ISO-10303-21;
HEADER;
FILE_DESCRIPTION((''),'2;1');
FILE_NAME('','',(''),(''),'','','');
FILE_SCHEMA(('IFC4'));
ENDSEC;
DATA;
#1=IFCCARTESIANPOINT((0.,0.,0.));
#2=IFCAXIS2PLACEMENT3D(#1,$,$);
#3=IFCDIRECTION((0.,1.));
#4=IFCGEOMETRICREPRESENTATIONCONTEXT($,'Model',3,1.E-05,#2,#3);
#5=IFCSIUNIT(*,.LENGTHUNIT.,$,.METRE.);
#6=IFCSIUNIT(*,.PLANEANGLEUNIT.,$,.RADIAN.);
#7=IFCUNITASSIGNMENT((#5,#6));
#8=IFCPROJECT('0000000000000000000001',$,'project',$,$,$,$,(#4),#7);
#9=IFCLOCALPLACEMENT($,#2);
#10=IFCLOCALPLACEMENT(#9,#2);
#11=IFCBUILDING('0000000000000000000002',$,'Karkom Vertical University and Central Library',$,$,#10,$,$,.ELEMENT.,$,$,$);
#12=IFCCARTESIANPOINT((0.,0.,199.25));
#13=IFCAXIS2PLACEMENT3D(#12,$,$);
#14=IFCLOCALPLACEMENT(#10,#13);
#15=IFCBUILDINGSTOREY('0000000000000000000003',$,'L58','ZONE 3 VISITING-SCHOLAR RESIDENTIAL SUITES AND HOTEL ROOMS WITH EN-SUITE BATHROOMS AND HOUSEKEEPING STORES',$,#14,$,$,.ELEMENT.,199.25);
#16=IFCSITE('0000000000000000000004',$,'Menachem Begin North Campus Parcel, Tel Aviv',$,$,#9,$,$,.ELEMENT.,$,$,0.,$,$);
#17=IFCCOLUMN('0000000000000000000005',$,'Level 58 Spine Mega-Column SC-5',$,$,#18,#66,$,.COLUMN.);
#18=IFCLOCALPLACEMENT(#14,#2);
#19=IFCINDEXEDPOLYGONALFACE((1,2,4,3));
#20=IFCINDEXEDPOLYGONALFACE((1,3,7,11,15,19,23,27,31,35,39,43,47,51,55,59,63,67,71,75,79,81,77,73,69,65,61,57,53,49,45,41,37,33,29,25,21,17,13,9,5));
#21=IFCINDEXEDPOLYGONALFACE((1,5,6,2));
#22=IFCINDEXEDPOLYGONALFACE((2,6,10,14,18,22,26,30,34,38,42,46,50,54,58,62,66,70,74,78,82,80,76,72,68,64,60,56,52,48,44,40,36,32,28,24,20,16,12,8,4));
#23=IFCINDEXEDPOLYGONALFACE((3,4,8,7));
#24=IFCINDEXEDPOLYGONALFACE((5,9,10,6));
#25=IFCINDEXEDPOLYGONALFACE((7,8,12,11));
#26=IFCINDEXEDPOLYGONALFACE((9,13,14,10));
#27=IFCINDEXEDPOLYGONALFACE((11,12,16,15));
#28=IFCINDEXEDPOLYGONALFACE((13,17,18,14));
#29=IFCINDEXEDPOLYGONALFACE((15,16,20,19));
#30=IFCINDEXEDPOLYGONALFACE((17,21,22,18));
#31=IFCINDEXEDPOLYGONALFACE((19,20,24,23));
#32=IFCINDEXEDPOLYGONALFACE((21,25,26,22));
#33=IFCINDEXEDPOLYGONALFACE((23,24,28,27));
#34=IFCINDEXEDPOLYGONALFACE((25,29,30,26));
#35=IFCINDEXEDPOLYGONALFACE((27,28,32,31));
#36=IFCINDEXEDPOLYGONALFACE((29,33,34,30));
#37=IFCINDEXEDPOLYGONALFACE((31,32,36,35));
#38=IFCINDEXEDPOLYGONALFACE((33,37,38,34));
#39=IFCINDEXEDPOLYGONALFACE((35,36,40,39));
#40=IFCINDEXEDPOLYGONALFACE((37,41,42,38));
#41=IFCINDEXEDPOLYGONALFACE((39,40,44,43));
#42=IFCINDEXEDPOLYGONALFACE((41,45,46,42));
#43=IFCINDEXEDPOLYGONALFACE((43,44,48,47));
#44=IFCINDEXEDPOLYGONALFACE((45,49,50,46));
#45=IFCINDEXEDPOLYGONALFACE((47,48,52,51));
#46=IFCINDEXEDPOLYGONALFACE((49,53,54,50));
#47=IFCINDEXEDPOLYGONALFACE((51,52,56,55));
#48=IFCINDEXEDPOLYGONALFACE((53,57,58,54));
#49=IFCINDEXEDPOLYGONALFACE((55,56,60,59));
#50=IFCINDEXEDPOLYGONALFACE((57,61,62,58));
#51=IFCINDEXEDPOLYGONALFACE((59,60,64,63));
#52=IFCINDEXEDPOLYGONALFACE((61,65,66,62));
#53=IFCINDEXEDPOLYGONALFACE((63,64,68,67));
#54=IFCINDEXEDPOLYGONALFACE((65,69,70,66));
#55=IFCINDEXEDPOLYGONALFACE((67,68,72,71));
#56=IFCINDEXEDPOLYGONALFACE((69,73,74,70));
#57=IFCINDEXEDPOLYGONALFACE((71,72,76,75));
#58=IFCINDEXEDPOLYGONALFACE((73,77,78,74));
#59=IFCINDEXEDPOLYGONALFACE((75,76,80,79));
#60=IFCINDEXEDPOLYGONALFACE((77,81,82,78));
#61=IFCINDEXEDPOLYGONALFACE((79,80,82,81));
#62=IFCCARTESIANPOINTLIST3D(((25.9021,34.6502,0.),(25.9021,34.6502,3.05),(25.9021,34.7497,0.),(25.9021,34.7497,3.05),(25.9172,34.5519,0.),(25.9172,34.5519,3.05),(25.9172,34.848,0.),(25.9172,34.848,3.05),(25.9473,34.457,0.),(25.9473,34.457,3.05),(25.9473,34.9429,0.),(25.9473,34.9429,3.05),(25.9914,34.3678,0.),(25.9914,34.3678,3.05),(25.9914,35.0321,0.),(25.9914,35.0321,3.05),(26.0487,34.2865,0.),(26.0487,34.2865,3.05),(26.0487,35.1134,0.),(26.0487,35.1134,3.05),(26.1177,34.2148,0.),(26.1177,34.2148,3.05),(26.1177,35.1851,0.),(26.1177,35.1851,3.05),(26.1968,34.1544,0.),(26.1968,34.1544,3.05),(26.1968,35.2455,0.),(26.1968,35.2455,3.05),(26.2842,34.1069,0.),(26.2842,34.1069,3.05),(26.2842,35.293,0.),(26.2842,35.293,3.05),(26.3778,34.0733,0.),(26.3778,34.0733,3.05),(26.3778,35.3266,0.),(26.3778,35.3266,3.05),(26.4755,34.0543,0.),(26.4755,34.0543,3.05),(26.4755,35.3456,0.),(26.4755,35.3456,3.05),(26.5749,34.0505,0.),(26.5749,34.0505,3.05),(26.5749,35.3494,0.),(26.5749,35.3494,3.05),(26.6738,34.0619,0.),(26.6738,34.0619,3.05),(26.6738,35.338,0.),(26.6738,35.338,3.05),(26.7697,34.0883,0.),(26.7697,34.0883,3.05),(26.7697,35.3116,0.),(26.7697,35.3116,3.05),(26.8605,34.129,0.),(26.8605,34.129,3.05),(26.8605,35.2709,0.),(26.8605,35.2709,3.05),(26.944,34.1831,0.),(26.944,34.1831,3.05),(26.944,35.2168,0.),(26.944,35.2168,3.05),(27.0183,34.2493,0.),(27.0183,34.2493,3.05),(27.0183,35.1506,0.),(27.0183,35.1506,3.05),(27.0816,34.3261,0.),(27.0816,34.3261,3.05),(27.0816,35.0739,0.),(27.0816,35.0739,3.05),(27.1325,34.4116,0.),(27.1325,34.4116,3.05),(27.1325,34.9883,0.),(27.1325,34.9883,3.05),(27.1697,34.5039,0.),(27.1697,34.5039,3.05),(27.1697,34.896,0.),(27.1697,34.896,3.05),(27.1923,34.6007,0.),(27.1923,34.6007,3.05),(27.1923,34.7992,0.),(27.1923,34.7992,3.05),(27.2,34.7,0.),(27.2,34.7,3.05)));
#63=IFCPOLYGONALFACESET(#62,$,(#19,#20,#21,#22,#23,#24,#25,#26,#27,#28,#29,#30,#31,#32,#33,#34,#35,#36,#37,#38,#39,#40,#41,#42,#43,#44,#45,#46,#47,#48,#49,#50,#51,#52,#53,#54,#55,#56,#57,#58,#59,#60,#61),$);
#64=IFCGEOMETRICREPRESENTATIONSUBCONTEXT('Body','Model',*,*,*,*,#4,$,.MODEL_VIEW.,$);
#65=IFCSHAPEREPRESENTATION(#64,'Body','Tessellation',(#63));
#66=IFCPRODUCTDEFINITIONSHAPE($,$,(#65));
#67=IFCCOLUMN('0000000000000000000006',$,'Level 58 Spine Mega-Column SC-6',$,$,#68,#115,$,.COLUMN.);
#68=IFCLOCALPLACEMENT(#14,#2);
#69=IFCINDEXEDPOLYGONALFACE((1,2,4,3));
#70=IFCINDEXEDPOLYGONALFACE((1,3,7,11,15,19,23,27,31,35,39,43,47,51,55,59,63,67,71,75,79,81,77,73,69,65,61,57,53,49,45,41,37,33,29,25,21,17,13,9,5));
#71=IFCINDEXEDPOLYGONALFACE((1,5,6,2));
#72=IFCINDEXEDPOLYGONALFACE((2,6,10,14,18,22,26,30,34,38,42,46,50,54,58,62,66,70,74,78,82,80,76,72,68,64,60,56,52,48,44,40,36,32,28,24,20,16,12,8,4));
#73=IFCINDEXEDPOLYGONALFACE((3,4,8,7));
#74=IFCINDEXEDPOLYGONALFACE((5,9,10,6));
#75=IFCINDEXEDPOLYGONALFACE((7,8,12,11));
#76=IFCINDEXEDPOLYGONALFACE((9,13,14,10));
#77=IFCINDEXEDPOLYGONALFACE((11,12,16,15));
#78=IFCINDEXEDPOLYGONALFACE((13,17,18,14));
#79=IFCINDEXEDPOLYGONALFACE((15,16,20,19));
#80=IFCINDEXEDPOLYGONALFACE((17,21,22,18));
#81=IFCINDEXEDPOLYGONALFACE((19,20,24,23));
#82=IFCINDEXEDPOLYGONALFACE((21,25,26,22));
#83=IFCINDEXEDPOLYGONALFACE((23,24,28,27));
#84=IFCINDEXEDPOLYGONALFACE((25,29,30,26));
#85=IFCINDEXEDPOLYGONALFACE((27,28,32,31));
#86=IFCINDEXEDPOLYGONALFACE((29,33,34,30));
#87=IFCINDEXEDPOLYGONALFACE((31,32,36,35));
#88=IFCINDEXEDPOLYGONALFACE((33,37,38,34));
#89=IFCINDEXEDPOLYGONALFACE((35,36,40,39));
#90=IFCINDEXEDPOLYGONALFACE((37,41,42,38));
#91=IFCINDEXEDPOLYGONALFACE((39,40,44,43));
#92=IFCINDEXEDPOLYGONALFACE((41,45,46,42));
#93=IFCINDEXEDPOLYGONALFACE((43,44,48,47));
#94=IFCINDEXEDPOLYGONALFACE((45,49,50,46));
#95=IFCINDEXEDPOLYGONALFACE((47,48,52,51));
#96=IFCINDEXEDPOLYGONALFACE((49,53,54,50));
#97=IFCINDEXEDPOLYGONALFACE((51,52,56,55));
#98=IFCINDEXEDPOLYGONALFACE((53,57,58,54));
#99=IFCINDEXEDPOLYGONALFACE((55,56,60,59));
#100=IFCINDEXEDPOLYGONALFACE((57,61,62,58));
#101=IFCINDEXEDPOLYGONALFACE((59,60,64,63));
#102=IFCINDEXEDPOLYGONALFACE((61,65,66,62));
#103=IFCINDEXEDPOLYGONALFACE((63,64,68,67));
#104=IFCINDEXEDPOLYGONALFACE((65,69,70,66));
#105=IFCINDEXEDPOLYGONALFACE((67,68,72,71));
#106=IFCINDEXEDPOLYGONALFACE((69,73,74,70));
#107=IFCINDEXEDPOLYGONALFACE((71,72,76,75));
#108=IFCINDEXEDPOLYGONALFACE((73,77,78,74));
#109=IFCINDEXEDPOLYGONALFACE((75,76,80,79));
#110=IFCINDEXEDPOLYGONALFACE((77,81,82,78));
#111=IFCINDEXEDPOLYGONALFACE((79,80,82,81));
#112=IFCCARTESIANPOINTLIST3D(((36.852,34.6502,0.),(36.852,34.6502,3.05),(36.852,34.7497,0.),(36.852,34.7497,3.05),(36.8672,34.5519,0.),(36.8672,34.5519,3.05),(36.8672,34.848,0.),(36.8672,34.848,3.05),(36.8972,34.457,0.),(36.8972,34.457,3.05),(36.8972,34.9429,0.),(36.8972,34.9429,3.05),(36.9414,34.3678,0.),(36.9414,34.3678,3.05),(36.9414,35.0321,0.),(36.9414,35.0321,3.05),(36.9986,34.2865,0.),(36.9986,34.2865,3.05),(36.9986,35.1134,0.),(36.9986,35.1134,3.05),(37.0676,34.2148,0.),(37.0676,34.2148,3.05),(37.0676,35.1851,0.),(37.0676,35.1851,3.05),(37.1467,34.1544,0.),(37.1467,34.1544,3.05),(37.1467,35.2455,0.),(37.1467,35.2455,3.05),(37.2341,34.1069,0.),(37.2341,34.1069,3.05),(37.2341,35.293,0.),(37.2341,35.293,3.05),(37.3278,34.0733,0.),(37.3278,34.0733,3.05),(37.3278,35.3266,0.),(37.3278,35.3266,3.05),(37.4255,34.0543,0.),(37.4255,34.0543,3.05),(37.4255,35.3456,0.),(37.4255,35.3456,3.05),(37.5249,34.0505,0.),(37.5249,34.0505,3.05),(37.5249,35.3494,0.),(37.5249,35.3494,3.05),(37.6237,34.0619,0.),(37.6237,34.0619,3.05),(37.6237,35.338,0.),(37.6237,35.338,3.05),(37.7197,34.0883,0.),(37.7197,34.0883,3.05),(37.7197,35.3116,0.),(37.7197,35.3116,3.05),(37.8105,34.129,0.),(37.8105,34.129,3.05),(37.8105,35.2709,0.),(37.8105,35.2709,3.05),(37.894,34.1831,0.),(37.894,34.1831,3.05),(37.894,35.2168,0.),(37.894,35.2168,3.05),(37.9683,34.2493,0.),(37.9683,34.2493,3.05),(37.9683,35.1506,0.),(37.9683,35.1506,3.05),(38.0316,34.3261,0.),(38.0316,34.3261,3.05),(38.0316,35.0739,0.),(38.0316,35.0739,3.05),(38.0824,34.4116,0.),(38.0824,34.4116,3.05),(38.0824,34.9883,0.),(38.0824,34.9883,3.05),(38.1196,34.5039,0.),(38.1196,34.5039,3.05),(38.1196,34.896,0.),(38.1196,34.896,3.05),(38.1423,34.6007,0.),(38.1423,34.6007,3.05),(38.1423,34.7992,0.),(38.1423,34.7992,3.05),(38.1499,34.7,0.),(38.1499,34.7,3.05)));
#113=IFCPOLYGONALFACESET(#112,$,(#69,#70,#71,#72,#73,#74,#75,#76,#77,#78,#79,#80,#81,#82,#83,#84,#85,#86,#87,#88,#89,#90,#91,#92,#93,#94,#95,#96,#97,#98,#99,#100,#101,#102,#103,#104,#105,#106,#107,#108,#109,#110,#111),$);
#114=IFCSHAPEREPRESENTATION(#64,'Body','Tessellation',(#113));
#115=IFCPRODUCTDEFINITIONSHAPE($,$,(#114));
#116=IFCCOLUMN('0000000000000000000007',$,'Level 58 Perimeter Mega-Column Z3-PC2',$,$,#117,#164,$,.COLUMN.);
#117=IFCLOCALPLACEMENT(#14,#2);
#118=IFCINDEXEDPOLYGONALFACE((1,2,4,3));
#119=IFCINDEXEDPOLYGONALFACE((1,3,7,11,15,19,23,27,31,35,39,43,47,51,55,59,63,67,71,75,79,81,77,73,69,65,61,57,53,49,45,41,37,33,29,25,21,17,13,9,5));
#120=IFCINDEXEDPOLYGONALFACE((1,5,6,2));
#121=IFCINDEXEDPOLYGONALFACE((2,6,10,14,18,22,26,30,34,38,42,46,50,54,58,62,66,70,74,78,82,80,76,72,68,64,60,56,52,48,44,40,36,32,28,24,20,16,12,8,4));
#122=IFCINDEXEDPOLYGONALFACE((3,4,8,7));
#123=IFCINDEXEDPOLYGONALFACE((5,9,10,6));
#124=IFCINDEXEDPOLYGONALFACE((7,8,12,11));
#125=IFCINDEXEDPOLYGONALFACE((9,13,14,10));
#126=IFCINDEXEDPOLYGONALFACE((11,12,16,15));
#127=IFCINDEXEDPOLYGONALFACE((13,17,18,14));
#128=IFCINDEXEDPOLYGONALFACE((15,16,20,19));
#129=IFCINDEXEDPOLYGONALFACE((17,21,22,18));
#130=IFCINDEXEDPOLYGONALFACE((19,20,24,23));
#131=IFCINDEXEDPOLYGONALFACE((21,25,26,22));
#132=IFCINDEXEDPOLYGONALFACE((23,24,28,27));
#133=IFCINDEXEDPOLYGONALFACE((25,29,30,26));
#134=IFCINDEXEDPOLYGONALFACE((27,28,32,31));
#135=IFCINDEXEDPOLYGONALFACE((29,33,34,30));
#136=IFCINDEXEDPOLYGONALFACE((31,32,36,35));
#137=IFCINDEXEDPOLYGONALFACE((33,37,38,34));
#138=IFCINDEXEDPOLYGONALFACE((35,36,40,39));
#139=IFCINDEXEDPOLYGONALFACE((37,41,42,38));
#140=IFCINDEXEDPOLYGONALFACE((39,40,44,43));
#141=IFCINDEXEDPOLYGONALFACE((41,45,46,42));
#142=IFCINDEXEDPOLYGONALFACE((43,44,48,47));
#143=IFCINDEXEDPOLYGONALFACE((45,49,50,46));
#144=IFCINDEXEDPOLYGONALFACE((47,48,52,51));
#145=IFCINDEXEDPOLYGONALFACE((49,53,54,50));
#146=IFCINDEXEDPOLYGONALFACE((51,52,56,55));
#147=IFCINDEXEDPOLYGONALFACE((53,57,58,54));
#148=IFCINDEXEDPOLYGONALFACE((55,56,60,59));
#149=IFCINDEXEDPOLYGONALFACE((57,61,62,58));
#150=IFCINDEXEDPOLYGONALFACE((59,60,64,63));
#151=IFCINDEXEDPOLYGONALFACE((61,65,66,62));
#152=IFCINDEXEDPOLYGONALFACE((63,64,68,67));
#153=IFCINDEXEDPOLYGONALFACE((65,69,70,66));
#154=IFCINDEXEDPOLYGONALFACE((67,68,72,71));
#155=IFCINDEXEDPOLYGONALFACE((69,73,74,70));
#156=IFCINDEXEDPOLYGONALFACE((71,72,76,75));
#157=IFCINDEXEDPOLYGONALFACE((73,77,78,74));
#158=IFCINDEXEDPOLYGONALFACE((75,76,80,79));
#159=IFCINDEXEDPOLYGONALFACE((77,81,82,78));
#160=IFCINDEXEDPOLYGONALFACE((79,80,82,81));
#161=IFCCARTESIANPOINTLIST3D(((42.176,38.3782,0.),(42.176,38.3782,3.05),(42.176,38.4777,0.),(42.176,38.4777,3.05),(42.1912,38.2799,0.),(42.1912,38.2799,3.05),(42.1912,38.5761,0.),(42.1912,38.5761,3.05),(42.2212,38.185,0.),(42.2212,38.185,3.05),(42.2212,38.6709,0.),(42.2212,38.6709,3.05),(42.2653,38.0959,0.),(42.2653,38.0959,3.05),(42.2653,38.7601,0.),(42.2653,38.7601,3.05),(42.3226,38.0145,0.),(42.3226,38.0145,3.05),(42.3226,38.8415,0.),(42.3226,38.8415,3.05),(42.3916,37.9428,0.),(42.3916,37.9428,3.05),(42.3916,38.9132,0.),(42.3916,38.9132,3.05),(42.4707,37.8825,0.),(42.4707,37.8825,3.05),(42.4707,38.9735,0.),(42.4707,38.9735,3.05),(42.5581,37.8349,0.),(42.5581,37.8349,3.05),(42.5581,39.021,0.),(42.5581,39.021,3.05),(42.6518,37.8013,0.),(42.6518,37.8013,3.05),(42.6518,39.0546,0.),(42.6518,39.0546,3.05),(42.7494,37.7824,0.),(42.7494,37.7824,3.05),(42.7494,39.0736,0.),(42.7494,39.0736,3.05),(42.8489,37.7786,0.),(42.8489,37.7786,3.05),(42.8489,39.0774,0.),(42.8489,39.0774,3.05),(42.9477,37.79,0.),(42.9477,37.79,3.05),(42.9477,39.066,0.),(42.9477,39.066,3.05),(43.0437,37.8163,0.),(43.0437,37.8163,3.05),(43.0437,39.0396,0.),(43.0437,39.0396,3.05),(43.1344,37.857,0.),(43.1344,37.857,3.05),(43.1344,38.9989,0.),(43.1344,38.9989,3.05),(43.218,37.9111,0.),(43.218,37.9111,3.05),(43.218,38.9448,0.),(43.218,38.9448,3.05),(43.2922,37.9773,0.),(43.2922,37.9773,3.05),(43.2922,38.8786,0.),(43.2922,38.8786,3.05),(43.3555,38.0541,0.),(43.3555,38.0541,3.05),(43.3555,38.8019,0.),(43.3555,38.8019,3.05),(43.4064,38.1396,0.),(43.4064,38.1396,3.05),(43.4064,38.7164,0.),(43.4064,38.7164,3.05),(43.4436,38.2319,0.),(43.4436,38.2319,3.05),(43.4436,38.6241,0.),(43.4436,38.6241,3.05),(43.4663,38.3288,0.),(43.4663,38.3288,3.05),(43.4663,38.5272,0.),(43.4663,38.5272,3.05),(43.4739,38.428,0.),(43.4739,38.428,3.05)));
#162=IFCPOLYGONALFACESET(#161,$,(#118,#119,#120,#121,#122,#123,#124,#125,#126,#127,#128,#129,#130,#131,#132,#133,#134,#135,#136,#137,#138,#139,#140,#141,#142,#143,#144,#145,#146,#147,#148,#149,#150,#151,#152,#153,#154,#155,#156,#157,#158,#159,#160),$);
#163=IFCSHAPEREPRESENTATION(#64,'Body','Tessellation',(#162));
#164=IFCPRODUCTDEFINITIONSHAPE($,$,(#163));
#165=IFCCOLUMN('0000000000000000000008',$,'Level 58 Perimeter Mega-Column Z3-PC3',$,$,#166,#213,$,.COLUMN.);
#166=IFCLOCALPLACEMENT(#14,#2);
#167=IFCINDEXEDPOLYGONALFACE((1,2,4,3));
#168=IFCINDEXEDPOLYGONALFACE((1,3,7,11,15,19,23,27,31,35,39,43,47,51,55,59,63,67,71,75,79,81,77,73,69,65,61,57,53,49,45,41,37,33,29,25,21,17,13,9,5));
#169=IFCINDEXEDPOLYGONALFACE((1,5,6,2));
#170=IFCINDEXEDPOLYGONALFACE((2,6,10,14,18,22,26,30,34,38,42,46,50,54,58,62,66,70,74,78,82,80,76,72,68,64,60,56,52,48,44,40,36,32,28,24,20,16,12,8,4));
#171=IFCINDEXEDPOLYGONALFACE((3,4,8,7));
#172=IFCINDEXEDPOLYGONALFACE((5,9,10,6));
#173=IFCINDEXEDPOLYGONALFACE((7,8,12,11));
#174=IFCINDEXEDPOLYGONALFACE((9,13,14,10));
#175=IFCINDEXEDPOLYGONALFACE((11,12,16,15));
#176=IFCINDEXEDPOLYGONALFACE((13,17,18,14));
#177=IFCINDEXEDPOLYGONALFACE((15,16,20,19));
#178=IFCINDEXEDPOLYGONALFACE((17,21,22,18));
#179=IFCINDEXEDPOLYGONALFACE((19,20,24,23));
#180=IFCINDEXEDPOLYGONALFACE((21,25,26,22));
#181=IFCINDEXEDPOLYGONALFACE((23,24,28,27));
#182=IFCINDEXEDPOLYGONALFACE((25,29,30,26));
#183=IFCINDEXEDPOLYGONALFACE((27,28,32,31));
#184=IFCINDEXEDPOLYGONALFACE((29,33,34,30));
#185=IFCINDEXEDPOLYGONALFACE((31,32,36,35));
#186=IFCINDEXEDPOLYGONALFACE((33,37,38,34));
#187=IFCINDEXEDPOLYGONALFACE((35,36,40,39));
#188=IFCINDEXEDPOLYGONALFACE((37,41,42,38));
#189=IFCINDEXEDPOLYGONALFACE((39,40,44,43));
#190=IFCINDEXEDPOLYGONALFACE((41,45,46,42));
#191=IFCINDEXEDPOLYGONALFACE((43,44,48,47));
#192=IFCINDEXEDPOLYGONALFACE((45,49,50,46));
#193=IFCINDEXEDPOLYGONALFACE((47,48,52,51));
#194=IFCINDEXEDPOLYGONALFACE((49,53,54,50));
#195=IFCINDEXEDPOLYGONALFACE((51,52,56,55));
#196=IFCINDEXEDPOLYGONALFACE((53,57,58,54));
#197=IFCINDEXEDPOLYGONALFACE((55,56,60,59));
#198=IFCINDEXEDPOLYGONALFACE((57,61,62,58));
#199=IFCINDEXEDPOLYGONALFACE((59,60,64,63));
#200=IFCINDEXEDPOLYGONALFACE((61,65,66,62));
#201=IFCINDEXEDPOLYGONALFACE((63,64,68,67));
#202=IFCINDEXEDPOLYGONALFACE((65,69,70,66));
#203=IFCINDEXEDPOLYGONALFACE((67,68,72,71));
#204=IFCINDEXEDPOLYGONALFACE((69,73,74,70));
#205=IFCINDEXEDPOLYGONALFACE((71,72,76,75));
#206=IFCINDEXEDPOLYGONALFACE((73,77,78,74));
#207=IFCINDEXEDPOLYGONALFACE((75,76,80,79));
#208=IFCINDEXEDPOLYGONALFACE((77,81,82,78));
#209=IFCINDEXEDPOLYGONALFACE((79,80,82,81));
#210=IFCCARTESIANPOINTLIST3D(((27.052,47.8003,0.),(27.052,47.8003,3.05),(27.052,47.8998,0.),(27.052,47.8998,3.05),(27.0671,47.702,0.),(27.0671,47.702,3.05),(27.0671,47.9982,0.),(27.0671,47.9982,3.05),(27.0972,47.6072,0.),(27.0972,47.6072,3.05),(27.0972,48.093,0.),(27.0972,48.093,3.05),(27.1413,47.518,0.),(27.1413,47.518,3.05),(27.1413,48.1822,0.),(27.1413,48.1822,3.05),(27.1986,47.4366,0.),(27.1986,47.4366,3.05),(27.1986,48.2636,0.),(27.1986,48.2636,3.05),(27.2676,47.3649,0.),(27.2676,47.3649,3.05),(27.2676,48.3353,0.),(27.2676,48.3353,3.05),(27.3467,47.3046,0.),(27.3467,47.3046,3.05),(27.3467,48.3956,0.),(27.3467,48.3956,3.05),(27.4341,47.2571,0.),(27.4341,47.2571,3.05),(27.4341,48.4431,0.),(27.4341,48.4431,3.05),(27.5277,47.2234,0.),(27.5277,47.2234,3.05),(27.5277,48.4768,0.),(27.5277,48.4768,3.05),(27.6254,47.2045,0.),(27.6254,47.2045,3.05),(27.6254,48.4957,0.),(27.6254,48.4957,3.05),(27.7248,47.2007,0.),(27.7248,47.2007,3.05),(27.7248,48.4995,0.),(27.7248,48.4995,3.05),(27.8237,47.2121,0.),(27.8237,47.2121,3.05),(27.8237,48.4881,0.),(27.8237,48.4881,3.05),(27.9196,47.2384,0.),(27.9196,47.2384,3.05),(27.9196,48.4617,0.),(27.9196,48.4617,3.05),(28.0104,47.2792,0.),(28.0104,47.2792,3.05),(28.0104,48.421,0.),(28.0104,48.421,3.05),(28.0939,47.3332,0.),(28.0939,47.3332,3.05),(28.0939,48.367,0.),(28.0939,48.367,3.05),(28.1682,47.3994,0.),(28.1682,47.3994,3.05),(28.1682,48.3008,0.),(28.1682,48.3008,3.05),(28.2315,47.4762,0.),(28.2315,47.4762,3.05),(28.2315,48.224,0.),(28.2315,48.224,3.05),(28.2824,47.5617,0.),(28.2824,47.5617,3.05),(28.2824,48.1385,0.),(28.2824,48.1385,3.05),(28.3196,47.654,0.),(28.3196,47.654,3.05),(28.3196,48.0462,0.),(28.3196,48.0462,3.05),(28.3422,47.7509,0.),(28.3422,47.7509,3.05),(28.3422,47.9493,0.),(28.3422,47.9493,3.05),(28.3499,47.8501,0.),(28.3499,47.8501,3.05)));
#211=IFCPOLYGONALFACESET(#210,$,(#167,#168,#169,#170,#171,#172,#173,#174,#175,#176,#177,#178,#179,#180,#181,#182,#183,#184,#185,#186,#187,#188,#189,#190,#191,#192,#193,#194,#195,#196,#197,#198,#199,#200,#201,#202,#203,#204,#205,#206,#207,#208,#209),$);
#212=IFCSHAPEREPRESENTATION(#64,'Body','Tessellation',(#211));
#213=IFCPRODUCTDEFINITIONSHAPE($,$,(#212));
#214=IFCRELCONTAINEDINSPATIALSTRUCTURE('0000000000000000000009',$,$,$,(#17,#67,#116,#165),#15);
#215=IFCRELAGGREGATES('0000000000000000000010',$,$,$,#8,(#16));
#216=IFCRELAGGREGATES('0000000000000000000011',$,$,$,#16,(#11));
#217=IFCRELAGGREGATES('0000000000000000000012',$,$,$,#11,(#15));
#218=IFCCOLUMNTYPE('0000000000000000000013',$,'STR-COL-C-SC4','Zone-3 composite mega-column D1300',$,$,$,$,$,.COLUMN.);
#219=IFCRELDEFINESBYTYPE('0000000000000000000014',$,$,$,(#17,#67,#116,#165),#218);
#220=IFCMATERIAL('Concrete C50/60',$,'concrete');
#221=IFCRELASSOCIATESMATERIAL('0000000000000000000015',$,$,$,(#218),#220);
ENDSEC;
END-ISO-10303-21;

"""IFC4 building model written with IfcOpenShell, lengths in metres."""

from ifc_helpers import new_model, si_unit, direction, frame, origin, origin_with_axes, origin_2d, place, context, subcontext, project, spatial, circle, extrude, source, transform, mapped, material, material_profile, profile_set, type_object, element, save


model = new_model("IFC4")

# Units and contexts
model_context = context("Model", 3, precision=1e-05, world=origin(), true_north=direction((0.0, 1.0)))
body_context = subcontext(model_context, "Body", "Model", "MODEL_VIEW")
ifc_project = project(units=[si_unit("LENGTHUNIT", "METRE"), si_unit("PLANEANGLEUNIT", "RADIAN")], contexts=[model_context])

# Site, building, storey
site_placement = place(None, origin())
site = spatial("IfcSite", under=ifc_project, at=site_placement, Name="Menachem Begin North Campus Parcel, Tel Aviv", CompositionType="ELEMENT", RefElevation=0.0)
building_placement = place(site_placement, origin())
building = spatial("IfcBuilding", under=site, at=building_placement, Name="Karkom Vertical University and Central Library", CompositionType="ELEMENT")
storey_placement = place(building_placement, frame((0.0, 0.0, 199.25)))
storey = spatial("IfcBuildingStorey", under=building, at=storey_placement, Name="L58", Description="ZONE 3 VISITING-SCHOLAR RESIDENTIAL SUITES AND HOTEL ROOMS WITH EN-SUITE BATHROOMS AND HOUSEKEEPING STORES", CompositionType="ELEMENT", Elevation=199.25)

# Columns
ifc_material_1 = material(Name="Concrete C50/60", Category="concrete")
ifc_material_profile_1 = material_profile(ifc_material_1, circle(Radius=0.6499, at=origin_2d()), Name="CFT-D1300")
ifc_profile_set_1 = profile_set([ifc_material_profile_1], Name="Concrete C50/60")
column_type = type_object("IfcColumnType", Name="STR-COL-C-SC4", Description="Zone-3 composite mega-column D1300", PredefinedType="COLUMN", material=ifc_profile_set_1)
shared_shape_1 = source(origin_with_axes(), body_context, "Body", "SweptSolid", [
    extrude(circle(Radius=0.6499, at=origin_2d()), origin(), (0.0, 0.0, 1.0), 3.05),
])
for number, where, z_axis, x_axis, name in (
    (1, (26.55, 34.7, 0.0), (0.0, 0.0, 1.0), (1.0, 0.0, 0.0), "Level 58 Spine Mega-Column SC-5"),
    (2, (37.5, 34.7, 0.0), (0.0, 0.0, 1.0), (1.0, 0.0, 0.0), "Level 58 Spine Mega-Column SC-6"),
    (3, (42.824, 38.428, 0.0), (0.0, 0.0, 1.0), (1.0, 0.0, 0.0), "Level 58 Perimeter Mega-Column Z3-PC2"),
    (4, (27.7, 47.8501, 0.0), (0.0, 0.0, 1.0), (1.0, 0.0, 0.0), "Level 58 Perimeter Mega-Column Z3-PC3"),
):
    element("IfcColumn", number, at=place(storey_placement, frame(where, z_axis=z_axis, x_axis=x_axis)), inside=storey, type_object=column_type, Name=name, PredefinedType="COLUMN", context=body_context, shape_type="MappedRepresentation", body=[
        mapped(shared_shape_1, transform((0.0, 0.0, 0.0), scale=1.0)),
    ])

save(model, "model.ifc")
